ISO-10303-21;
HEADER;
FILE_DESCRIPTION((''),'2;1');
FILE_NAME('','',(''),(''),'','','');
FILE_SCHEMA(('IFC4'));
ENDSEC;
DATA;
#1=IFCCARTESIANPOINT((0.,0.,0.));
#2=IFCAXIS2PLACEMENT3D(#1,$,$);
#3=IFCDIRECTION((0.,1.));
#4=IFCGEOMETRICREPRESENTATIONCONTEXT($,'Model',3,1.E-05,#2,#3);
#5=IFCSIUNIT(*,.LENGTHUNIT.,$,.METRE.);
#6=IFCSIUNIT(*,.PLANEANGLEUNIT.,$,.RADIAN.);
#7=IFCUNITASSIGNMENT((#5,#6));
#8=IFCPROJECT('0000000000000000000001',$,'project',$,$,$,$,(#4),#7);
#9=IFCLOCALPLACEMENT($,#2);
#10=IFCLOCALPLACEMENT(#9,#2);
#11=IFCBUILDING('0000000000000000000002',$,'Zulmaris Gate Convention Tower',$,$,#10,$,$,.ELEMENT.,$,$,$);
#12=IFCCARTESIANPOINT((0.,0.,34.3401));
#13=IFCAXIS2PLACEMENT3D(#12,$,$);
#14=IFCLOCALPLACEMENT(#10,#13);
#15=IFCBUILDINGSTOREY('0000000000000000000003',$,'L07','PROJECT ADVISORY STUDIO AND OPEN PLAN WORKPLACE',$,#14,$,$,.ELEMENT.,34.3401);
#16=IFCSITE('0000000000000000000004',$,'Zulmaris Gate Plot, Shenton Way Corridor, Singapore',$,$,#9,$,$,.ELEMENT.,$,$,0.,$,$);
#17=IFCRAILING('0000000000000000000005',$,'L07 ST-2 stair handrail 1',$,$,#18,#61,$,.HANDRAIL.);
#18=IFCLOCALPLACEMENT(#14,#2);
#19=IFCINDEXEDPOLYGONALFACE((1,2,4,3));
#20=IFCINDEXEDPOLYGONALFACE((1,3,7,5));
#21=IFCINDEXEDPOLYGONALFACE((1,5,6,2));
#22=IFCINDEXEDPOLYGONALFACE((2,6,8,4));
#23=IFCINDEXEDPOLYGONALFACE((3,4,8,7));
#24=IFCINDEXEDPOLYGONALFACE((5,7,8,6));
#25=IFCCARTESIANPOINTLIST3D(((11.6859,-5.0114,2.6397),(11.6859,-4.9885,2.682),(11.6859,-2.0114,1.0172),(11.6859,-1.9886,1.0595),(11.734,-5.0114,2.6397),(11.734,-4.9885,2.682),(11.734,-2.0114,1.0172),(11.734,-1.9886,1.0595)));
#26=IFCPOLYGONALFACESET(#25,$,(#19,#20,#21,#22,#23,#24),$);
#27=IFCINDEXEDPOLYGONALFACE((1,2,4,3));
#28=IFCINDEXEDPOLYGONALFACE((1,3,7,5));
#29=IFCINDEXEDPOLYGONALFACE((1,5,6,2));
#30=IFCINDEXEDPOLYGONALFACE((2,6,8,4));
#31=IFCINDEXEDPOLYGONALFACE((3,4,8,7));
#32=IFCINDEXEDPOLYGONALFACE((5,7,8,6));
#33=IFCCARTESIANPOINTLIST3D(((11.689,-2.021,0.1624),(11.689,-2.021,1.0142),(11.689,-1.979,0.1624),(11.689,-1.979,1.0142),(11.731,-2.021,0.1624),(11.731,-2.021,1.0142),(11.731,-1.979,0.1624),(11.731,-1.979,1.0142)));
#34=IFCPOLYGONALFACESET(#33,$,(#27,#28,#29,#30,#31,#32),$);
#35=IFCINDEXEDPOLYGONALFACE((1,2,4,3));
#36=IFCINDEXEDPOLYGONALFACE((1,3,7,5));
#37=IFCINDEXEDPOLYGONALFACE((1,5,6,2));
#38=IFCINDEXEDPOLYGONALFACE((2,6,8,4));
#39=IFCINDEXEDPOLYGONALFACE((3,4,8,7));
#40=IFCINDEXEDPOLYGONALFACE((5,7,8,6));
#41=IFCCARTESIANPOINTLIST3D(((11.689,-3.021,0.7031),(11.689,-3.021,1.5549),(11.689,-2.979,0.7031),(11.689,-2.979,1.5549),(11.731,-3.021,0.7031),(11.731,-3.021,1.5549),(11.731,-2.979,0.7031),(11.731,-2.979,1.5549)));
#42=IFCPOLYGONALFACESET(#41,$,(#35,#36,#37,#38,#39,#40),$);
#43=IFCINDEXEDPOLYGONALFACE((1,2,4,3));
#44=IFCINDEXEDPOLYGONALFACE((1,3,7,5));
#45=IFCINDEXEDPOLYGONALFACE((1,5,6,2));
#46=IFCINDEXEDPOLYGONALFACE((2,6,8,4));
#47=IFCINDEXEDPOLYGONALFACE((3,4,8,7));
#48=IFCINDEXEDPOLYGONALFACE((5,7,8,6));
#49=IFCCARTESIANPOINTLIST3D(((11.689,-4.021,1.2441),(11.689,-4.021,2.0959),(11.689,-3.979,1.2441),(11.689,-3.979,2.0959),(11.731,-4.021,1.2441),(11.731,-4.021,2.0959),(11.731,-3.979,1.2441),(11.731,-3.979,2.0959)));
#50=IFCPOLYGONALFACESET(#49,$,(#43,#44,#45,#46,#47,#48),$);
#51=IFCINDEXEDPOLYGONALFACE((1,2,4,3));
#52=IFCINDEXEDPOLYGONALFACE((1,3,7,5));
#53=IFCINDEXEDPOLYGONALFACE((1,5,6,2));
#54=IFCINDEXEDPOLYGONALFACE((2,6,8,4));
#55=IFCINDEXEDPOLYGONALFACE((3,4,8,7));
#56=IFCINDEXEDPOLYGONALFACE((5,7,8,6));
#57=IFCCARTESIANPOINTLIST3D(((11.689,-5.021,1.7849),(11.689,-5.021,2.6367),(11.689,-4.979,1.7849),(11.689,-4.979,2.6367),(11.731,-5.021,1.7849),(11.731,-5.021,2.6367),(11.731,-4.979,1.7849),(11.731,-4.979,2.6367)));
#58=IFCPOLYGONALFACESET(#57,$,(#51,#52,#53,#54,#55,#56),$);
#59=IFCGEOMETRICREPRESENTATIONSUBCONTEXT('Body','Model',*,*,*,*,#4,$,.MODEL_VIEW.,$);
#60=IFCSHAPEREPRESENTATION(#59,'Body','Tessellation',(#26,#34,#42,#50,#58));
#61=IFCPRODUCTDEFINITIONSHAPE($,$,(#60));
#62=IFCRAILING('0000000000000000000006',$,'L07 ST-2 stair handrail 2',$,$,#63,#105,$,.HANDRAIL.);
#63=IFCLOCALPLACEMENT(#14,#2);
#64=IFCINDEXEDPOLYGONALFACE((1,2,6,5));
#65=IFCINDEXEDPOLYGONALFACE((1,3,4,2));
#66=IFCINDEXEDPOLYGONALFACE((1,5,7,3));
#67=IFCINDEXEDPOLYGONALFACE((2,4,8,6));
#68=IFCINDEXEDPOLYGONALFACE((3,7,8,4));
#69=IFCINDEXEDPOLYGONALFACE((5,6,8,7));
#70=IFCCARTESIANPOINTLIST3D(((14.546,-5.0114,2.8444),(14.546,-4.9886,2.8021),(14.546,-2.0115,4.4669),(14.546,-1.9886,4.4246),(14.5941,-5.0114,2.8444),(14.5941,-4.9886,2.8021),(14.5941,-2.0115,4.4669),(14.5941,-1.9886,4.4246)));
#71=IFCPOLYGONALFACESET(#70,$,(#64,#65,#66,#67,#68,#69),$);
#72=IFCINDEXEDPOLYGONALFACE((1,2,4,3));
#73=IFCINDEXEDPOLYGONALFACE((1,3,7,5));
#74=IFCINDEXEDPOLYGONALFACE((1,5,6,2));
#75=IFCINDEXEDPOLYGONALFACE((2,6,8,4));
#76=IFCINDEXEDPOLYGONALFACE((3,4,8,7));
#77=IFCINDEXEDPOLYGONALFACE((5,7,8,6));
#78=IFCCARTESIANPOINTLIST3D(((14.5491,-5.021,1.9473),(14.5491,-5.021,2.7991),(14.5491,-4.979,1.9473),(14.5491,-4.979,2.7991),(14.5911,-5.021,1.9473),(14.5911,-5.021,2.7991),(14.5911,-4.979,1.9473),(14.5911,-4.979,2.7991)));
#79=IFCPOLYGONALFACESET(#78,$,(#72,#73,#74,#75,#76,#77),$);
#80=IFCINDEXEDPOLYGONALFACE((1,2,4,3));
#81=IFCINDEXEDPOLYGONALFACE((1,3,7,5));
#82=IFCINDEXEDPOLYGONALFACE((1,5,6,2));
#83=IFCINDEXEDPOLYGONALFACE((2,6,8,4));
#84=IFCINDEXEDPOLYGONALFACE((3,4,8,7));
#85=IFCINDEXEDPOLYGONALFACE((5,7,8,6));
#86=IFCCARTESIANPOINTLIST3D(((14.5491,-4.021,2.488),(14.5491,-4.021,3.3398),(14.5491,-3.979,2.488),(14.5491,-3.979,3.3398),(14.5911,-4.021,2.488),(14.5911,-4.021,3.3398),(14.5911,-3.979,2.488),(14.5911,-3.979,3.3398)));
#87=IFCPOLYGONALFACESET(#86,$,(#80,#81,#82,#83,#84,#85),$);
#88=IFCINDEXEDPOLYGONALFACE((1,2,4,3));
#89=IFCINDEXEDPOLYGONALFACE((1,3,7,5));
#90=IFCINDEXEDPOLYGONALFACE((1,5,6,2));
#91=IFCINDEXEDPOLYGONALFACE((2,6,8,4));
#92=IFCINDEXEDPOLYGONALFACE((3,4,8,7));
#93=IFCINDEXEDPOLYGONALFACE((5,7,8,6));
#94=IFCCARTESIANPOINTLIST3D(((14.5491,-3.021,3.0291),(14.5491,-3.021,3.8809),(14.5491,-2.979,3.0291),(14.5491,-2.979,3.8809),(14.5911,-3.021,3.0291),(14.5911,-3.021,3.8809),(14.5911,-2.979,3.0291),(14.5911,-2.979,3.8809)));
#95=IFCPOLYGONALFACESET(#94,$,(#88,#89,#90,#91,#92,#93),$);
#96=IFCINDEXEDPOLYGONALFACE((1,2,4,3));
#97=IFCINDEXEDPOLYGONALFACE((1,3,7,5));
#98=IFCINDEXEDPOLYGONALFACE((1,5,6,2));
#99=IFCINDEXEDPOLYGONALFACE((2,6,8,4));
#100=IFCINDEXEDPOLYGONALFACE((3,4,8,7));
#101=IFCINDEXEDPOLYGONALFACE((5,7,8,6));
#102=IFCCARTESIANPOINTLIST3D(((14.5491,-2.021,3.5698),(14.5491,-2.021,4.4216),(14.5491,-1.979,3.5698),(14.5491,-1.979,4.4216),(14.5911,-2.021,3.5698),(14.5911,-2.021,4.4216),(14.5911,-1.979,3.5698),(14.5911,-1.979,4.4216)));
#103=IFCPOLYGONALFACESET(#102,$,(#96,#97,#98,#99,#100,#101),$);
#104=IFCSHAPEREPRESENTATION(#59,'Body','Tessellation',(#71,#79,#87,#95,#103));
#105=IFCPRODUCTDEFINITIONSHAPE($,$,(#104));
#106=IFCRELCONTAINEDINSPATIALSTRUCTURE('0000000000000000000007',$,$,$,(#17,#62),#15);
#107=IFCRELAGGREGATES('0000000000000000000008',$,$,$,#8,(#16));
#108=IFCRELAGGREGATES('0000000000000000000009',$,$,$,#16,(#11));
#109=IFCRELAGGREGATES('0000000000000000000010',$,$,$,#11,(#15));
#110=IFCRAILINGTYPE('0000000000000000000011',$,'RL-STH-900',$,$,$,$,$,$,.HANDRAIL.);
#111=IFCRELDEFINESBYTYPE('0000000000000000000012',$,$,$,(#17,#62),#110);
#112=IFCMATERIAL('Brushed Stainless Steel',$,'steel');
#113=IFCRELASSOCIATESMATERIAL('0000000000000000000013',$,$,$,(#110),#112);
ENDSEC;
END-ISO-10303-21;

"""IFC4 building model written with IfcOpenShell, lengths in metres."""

from ifc_helpers import new_model, si_unit, direction, frame, origin, origin_2d, place, context, subcontext, project, spatial, rectangle, extrude, material, type_object, element, save


model = new_model("IFC4")

# Units and contexts
model_context = context("Model", 3, precision=1e-05, world=origin(), true_north=direction((0.0, 1.0)))
body_context = subcontext(model_context, "Body", "Model", "MODEL_VIEW")
ifc_project = project(units=[si_unit("LENGTHUNIT", "METRE"), si_unit("PLANEANGLEUNIT", "RADIAN")], contexts=[model_context])

# Site, building, storey
site_placement = place(None, origin())
site = spatial("IfcSite", under=ifc_project, at=site_placement, Name="Zulmaris Gate Plot, Shenton Way Corridor, Singapore", CompositionType="ELEMENT", RefElevation=0.0)
building_placement = place(site_placement, origin())
building = spatial("IfcBuilding", under=site, at=building_placement, Name="Zulmaris Gate Convention Tower", CompositionType="ELEMENT")
storey_placement = place(building_placement, frame((0.0, 0.0, 34.3401)))
storey = spatial("IfcBuildingStorey", under=building, at=storey_placement, Name="L07", Description="PROJECT ADVISORY STUDIO AND OPEN PLAN WORKPLACE", CompositionType="ELEMENT", Elevation=34.3401)

# Railings
ifc_material_1 = material(Name="Brushed Stainless Steel", Category="steel")
railing_type_1 = type_object("IfcRailingType", Name="RL-STH-900", PredefinedType="HANDRAIL", material=ifc_material_1)
railing_1_placement = place(storey_placement, frame((11.71, -2.0, 0.1624)))
element("IfcRailing", 1, at=railing_1_placement, inside=storey, type_object=railing_type_1, Name="L07 ST-2 stair handrail 1", PredefinedType="HANDRAIL", context=body_context, shape_type="SweptSolid", body=[
    extrude(rectangle(XDim=0.0481, YDim=0.0481, at=origin_2d()), frame((0.0, 0.0, 0.876), z_axis=(0.0, -0.879592, 0.47573), x_axis=(1.0, 0.0, 0.0)), (0.0, 0.0, 1.0), 3.4106),
    extrude(rectangle(XDim=0.042, YDim=0.042, at=origin_2d()), origin(), (0.0, 0.0, 1.0), 0.8518),
    extrude(rectangle(XDim=0.042, YDim=0.042, at=origin_2d()), frame((0.0, -1.0, 0.5408)), (0.0, 0.0, 1.0), 0.8518),
    extrude(rectangle(XDim=0.042, YDim=0.042, at=origin_2d()), frame((0.0, -2.0, 1.0818)), (0.0, 0.0, 1.0), 0.8518),
    extrude(rectangle(XDim=0.042, YDim=0.042, at=origin_2d()), frame((0.0, -3.0, 1.6226)), (0.0, 0.0, 1.0), 0.8518),
])
railing_2_placement = place(storey_placement, frame((14.5701, -5.0, 1.9473)))
element("IfcRailing", 2, at=railing_2_placement, inside=storey, type_object=railing_type_1, Name="L07 ST-2 stair handrail 2", PredefinedType="HANDRAIL", context=body_context, shape_type="SweptSolid", body=[
    extrude(rectangle(XDim=0.0481, YDim=0.0481, at=origin_2d()), frame((0.0, 0.0, 0.876), z_axis=(0.0, 0.879592, 0.47573), x_axis=(-1.0, 0.0, 0.0)), (0.0, 0.0, 1.0), 3.4106),
    extrude(rectangle(XDim=0.042, YDim=0.042, at=origin_2d()), origin(), (0.0, 0.0, 1.0), 0.8518),
    extrude(rectangle(XDim=0.042, YDim=0.042, at=origin_2d()), frame((0.0, 1.0, 0.5408)), (0.0, 0.0, 1.0), 0.8518),
    extrude(rectangle(XDim=0.042, YDim=0.042, at=origin_2d()), frame((0.0, 2.0, 1.0818)), (0.0, 0.0, 1.0), 0.8518),
    extrude(rectangle(XDim=0.042, YDim=0.042, at=origin_2d()), frame((0.0, 3.0, 1.6226)), (0.0, 0.0, 1.0), 0.8518),
])

save(model, "model.ifc")
